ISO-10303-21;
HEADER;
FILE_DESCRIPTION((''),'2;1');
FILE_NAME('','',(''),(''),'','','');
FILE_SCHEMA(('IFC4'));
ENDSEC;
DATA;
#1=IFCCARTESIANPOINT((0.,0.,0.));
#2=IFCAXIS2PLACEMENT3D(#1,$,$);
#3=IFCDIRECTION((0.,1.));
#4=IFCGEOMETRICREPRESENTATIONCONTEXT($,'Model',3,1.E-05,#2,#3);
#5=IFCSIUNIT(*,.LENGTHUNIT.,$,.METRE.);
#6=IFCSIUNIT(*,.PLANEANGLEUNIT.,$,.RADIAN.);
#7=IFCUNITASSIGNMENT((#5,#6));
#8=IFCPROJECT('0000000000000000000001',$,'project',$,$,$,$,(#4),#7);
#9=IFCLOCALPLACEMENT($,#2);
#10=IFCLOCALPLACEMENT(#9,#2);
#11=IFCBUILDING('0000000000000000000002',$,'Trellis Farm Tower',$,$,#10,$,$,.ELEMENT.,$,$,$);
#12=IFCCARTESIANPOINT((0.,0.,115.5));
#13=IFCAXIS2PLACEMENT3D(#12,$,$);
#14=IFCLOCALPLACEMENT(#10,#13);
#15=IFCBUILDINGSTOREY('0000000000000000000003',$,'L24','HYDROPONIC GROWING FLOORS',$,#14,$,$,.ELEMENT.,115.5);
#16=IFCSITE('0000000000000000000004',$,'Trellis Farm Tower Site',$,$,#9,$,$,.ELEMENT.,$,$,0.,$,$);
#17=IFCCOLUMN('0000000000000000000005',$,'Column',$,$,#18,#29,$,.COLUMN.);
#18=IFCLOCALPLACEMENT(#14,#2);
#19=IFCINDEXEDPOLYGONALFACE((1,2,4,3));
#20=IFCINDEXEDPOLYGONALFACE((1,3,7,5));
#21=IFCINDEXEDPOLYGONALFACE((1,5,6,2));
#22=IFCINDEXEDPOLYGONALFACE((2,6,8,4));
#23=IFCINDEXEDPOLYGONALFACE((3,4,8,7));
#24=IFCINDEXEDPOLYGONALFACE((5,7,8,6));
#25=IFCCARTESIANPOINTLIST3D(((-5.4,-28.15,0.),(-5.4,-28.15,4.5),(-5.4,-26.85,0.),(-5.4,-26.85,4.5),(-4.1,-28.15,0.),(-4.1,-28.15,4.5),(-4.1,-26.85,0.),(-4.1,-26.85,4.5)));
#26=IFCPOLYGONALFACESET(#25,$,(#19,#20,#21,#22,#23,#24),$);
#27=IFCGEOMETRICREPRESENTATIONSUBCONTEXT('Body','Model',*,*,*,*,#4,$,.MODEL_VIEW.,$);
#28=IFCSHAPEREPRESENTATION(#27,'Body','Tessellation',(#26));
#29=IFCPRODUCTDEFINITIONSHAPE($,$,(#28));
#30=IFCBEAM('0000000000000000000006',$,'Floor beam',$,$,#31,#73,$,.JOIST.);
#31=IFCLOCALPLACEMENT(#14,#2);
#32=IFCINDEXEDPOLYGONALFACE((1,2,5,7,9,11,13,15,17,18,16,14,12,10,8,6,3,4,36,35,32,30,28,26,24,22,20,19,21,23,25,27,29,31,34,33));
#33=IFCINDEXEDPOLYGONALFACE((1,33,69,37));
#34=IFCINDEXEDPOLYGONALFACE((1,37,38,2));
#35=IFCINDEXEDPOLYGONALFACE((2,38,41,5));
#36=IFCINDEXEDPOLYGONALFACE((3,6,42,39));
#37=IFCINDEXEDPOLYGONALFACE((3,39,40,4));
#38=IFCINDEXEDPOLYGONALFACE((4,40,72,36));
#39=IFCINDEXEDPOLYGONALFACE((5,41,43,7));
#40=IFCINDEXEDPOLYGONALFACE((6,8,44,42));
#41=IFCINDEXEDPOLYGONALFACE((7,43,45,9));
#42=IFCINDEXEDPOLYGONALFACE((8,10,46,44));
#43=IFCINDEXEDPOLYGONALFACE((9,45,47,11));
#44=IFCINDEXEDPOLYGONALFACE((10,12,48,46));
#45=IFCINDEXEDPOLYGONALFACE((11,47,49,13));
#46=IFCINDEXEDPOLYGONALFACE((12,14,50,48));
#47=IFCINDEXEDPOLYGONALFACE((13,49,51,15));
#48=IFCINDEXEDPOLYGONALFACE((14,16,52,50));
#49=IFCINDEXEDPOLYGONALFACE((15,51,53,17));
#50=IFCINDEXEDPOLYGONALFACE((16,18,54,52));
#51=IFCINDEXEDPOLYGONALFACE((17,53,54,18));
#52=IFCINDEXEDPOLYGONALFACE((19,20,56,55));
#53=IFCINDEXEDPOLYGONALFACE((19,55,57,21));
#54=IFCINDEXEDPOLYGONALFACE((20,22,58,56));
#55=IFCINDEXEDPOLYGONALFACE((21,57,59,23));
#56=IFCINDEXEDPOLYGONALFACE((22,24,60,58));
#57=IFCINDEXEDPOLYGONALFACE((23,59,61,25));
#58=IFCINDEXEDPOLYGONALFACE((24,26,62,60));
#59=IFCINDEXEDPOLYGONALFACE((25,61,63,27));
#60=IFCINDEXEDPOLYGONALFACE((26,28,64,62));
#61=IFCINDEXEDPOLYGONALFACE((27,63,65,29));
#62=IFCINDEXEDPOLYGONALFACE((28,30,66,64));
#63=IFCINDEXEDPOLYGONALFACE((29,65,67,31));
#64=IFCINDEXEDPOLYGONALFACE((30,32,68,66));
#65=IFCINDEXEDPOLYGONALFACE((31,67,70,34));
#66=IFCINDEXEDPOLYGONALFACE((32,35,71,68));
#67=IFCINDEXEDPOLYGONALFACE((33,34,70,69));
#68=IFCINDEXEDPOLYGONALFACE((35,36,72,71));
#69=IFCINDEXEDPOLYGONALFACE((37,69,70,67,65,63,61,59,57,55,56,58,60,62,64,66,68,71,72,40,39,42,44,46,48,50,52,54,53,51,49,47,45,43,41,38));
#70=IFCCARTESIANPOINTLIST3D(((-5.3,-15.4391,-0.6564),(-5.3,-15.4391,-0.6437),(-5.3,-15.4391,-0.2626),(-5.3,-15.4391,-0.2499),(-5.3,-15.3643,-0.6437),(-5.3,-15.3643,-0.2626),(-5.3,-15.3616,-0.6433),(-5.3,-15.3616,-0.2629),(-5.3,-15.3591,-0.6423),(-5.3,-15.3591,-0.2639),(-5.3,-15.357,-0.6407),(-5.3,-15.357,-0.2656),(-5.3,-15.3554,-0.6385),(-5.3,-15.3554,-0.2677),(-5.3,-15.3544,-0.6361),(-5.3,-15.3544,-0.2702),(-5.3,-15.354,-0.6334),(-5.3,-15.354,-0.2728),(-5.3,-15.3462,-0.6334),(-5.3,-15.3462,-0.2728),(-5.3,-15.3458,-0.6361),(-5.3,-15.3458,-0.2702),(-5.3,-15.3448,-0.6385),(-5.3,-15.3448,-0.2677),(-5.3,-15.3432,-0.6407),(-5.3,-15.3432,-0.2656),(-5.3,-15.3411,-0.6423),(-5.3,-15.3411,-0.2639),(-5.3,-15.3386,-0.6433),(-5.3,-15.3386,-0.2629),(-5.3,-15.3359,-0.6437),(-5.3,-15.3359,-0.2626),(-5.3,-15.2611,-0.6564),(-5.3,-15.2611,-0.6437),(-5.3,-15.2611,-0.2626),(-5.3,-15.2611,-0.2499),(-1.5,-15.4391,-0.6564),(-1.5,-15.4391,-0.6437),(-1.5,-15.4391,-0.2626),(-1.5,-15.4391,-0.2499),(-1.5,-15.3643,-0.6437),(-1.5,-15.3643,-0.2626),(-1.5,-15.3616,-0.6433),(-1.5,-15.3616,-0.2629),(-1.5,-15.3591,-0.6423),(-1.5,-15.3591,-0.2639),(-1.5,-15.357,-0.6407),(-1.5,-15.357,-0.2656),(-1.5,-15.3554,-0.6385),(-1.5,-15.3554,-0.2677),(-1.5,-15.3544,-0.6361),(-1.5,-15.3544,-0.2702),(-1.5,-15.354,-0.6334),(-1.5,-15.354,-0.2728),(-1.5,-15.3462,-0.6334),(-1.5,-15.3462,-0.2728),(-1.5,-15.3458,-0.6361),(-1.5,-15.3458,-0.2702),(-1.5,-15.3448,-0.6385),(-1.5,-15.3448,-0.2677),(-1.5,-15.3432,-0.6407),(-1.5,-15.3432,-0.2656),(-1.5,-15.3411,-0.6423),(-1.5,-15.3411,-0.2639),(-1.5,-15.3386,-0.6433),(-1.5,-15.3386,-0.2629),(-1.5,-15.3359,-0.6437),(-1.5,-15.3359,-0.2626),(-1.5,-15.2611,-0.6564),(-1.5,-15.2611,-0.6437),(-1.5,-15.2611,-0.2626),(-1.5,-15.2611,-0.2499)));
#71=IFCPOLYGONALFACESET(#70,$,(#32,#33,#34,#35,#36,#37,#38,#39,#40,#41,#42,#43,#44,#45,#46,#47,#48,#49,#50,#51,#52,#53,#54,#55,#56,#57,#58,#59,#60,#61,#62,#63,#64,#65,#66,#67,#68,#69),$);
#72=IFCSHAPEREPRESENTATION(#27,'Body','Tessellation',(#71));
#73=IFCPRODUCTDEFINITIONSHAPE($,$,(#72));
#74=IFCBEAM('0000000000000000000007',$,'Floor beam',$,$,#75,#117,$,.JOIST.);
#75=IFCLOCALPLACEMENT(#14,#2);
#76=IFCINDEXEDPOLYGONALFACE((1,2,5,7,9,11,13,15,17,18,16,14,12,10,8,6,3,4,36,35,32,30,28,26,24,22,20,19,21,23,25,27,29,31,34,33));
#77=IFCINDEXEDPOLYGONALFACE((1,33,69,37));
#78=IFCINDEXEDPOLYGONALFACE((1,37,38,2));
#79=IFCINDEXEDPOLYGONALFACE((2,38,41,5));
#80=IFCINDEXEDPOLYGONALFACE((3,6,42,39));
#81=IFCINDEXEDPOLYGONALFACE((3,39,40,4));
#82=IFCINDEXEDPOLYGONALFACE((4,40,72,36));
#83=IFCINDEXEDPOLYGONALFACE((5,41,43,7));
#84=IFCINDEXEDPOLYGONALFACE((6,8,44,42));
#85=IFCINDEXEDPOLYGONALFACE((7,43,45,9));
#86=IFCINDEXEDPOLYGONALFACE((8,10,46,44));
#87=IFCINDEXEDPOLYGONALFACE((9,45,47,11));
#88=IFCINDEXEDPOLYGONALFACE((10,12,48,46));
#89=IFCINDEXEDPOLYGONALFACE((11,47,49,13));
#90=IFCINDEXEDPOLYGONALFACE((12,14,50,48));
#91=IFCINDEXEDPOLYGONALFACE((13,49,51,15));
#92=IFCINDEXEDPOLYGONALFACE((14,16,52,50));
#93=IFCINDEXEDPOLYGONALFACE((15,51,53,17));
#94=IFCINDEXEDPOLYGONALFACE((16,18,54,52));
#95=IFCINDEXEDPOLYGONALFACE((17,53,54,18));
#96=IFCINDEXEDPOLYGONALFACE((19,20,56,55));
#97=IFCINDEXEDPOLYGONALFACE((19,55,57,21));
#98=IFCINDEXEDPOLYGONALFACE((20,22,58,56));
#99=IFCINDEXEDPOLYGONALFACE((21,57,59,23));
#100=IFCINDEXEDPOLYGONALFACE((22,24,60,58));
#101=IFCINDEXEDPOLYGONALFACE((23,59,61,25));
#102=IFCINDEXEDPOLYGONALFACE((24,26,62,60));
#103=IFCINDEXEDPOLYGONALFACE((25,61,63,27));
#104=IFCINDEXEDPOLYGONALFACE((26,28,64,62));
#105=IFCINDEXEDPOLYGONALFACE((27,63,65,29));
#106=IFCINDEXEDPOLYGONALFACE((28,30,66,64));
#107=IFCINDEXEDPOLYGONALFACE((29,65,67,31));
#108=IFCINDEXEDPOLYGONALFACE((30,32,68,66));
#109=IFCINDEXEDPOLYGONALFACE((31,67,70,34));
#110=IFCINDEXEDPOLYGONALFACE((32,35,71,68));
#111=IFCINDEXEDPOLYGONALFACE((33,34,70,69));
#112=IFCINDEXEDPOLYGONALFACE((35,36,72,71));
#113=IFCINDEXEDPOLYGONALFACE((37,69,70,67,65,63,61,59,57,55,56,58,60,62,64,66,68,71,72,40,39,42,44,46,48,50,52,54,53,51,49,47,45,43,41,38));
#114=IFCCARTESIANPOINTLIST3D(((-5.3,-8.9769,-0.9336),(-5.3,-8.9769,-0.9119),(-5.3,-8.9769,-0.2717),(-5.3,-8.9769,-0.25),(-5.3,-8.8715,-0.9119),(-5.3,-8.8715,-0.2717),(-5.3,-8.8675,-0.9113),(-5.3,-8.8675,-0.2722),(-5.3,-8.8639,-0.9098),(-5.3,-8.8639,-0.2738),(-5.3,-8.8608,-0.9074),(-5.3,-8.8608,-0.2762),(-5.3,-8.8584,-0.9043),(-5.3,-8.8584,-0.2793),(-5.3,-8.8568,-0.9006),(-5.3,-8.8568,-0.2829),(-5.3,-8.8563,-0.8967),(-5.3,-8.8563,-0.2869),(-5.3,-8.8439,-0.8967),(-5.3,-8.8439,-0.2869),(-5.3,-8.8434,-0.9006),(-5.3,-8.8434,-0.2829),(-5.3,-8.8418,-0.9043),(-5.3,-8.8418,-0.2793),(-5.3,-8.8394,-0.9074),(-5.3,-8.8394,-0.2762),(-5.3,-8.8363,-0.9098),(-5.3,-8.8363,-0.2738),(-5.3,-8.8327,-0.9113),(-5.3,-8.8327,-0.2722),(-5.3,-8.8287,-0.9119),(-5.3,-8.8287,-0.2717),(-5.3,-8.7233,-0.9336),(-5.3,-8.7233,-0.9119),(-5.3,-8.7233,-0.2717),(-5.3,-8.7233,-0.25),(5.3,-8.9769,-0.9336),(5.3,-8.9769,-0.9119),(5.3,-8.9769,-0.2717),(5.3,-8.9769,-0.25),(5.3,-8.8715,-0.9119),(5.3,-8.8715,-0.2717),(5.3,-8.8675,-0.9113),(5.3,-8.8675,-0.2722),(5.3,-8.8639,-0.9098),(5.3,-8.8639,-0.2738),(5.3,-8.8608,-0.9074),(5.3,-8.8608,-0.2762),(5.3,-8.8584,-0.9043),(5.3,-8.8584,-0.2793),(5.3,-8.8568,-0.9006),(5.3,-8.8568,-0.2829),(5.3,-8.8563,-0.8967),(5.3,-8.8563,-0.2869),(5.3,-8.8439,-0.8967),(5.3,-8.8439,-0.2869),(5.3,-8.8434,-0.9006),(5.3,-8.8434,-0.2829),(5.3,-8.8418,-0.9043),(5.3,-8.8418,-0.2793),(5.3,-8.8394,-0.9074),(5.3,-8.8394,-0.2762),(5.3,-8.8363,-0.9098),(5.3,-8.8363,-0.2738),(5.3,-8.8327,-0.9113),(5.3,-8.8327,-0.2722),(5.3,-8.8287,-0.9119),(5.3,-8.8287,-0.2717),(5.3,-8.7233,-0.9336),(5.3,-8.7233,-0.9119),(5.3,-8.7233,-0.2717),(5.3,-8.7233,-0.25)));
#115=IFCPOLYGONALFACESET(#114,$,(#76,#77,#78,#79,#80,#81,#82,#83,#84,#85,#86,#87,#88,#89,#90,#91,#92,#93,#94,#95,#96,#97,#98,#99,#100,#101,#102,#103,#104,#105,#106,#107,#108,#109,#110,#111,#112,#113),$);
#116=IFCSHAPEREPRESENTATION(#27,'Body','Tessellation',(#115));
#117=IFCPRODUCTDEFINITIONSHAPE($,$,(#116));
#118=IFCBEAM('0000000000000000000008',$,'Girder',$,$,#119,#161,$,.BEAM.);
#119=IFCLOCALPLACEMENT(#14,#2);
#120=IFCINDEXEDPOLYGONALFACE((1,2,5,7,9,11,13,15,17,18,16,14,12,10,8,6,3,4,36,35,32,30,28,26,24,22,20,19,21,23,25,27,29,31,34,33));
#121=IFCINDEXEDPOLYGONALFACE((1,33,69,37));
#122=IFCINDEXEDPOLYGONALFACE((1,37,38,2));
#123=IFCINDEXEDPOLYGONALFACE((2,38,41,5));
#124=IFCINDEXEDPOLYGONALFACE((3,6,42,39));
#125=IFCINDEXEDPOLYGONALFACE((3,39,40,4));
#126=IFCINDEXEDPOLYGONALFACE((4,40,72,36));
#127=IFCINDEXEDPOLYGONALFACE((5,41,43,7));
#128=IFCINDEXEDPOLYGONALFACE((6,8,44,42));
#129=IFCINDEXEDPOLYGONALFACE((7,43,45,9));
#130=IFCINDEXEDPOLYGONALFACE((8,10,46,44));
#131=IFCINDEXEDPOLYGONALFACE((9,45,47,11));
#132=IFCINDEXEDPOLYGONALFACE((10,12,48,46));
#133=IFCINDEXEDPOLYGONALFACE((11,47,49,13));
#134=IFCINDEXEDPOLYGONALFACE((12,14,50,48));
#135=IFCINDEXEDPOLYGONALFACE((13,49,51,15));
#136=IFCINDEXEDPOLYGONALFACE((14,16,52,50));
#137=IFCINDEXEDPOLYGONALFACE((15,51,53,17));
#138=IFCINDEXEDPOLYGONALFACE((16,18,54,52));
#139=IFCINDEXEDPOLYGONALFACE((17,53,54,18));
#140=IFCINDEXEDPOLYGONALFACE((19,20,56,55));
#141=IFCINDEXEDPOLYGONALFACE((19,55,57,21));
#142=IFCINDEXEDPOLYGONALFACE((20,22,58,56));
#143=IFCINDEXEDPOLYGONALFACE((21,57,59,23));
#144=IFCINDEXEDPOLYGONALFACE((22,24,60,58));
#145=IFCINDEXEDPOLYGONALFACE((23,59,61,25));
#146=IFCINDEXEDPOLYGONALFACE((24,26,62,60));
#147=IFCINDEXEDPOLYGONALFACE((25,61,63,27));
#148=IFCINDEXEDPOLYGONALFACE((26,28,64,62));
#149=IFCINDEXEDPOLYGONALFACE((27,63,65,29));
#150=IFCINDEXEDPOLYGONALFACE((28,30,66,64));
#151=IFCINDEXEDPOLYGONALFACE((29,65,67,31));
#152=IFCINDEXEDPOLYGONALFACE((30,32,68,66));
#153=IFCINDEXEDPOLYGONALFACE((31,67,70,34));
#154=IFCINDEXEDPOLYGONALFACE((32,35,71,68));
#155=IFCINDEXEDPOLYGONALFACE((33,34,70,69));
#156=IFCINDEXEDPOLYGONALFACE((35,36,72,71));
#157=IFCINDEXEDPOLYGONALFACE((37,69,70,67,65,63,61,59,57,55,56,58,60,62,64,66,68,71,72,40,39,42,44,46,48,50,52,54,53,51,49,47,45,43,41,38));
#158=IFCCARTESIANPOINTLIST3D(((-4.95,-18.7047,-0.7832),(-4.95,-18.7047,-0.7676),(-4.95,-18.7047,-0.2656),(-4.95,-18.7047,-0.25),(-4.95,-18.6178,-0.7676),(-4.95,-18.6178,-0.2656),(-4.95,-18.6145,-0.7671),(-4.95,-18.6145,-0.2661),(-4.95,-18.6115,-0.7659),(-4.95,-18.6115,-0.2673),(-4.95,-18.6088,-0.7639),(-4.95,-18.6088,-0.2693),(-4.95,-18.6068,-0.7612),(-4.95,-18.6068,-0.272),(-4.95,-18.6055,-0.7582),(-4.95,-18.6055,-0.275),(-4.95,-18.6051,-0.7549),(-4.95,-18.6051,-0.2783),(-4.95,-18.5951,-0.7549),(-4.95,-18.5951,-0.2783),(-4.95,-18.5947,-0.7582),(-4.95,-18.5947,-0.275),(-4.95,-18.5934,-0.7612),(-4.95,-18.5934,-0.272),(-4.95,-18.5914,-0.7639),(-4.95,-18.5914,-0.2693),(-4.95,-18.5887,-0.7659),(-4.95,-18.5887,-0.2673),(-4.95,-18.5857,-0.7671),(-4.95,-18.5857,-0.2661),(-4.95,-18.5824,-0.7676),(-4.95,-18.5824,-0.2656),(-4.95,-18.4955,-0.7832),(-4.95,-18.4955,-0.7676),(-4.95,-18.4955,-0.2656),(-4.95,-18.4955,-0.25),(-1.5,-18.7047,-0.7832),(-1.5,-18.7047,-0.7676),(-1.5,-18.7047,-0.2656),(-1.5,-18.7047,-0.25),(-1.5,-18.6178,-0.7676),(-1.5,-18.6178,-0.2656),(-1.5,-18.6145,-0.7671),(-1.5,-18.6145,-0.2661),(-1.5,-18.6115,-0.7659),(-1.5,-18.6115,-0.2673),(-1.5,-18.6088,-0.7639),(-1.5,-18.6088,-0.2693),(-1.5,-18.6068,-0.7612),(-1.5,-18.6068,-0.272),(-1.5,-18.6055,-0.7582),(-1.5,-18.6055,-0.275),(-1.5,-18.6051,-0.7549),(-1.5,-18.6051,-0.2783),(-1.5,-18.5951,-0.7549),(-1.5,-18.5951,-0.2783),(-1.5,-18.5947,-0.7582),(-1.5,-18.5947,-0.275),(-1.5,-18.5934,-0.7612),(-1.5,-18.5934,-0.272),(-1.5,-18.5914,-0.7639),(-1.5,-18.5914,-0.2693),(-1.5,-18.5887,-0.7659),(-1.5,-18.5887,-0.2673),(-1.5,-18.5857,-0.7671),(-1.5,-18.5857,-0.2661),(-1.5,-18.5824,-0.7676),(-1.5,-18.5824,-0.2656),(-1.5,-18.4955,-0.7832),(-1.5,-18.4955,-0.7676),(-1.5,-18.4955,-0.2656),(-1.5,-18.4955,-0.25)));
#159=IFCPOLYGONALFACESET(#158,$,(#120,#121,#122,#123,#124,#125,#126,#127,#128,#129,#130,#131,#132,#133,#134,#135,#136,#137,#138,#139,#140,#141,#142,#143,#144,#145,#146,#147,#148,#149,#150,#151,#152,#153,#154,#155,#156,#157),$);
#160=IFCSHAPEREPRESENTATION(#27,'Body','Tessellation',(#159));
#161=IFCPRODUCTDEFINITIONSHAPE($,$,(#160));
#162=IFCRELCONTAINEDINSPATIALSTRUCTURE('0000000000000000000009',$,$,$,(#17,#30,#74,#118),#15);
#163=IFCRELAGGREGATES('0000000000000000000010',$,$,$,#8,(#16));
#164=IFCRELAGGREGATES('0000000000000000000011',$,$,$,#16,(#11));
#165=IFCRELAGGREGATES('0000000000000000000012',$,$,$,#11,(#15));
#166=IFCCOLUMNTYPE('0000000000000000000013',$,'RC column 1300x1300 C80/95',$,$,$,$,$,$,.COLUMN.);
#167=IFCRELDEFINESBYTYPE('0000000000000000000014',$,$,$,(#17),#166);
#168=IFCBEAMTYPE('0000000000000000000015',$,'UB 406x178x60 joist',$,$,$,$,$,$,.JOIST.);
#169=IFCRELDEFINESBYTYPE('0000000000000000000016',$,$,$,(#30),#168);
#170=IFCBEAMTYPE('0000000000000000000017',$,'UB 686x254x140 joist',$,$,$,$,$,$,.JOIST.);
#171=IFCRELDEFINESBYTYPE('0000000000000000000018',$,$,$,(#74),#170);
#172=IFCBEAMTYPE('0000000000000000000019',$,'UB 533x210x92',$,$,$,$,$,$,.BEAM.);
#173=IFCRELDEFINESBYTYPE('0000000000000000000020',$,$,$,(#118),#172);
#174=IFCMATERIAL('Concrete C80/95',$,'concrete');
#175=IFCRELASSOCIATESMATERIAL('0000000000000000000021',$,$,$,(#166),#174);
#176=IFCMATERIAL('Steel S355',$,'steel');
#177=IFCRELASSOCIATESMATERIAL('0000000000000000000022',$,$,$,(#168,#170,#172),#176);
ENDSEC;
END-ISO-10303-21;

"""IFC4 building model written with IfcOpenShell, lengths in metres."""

from ifc_helpers import new_model, si_unit, direction, frame, origin, origin_2d, place, context, subcontext, project, spatial, rectangle, i_section, extrude, source, transform, mapped, material, material_profile, profile_set, type_object, element, save


model = new_model("IFC4")

# Units and contexts
model_context = context("Model", 3, precision=1e-05, world=origin(), true_north=direction((0.0, 1.0)))
body_context = subcontext(model_context, "Body", "Model", "MODEL_VIEW")
ifc_project = project(units=[si_unit("LENGTHUNIT", "METRE"), si_unit("PLANEANGLEUNIT", "RADIAN")], contexts=[model_context])

# Site, building, storey
site_placement = place(None, origin())
site = spatial("IfcSite", under=ifc_project, at=site_placement, Name="Trellis Farm Tower Site", CompositionType="ELEMENT", RefElevation=0.0)
building_placement = place(site_placement, origin())
building = spatial("IfcBuilding", under=site, at=building_placement, Name="Trellis Farm Tower", CompositionType="ELEMENT")
storey_placement = place(building_placement, frame((0.0, 0.0, 115.5)))
storey = spatial("IfcBuildingStorey", under=building, at=storey_placement, Name="L24", Description="HYDROPONIC GROWING FLOORS", CompositionType="ELEMENT", Elevation=115.5)

# Column
ifc_material_1 = material(Name="Concrete C80/95", Category="concrete")
ifc_material_profile_1 = material_profile(ifc_material_1, rectangle(XDim=1.3, YDim=1.3, at=origin_2d()), Name="RC column 1300x1300 C80/95")
ifc_profile_set_1 = profile_set([ifc_material_profile_1], Name="Concrete C80/95")
column_type = type_object("IfcColumnType", Name="RC column 1300x1300 C80/95", PredefinedType="COLUMN", material=ifc_profile_set_1)
shared_shape_1 = source(origin(), body_context, "Body", "SweptSolid", [
    extrude(rectangle(XDim=1.3, YDim=1.3, at=origin_2d()), origin(), (0.0, 0.0, 1.0), 4.5),
])
column_placement = place(storey_placement, frame((-4.75, -27.5, 0.0), z_axis=(0.0, 0.0, 1.0), x_axis=(1.0, 0.0, 0.0)))
element("IfcColumn", 1, at=column_placement, inside=storey, type_object=column_type, Name="Column", PredefinedType="COLUMN", context=body_context, shape_type="MappedRepresentation", body=[
    mapped(shared_shape_1, transform((0.0, 0.0, 0.0))),
])

# Beams
ifc_material_2 = material(Name="Steel S355", Category="steel")
ifc_material_profile_2 = material_profile(ifc_material_2, i_section(OverallWidth=0.178, OverallDepth=0.4065, WebThickness=0.0078, FlangeThickness=0.0127, FilletRadius=0.0103, at=origin_2d()), Name="UB 406x178x60")
ifc_profile_set_2 = profile_set([ifc_material_profile_2], Name="Steel S355")
beam_type_1 = type_object("IfcBeamType", Name="UB 406x178x60 joist", PredefinedType="JOIST", material=ifc_profile_set_2)
shared_shape_2 = source(origin(), body_context, "Body", "SweptSolid", [
    extrude(i_section(OverallWidth=0.178, OverallDepth=0.4065, WebThickness=0.0078, FlangeThickness=0.0127, FilletRadius=0.0103, at=origin_2d()), origin(), (0.0, 0.0, 1.0), 3.8),
])
beam_1_placement = place(storey_placement, frame((-5.3, -15.3501, -0.4531), z_axis=(1.0, 0.0, 0.0), x_axis=(0.0, 1.0, 0.0)))
element("IfcBeam", 2, at=beam_1_placement, inside=storey, type_object=beam_type_1, Name="Floor beam", PredefinedType="JOIST", context=body_context, shape_type="MappedRepresentation", body=[
    mapped(shared_shape_2, transform((0.0, 0.0, 0.0))),
])
ifc_material_profile_3 = material_profile(ifc_material_2, i_section(OverallWidth=0.2537, OverallDepth=0.6836, WebThickness=0.0125, FlangeThickness=0.0217, FilletRadius=0.0151, at=origin_2d()), Name="UB 686x254x140")
ifc_profile_set_3 = profile_set([ifc_material_profile_3], Name="Steel S355")
beam_type_2 = type_object("IfcBeamType", Name="UB 686x254x140 joist", PredefinedType="JOIST", material=ifc_profile_set_3)
shared_shape_3 = source(origin(), body_context, "Body", "SweptSolid", [
    extrude(i_section(OverallWidth=0.2537, OverallDepth=0.6836, WebThickness=0.0125, FlangeThickness=0.0217, FilletRadius=0.0151, at=origin_2d()), origin(), (0.0, 0.0, 1.0), 10.6001),
])
beam_2_placement = place(storey_placement, frame((-5.3, -8.8501, -0.5918), z_axis=(1.0, 0.0, 0.0), x_axis=(0.0, 1.0, 0.0)))
element("IfcBeam", 3, at=beam_2_placement, inside=storey, type_object=beam_type_2, Name="Floor beam", PredefinedType="JOIST", context=body_context, shape_type="MappedRepresentation", body=[
    mapped(shared_shape_3, transform((0.0, 0.0, 0.0))),
])
ifc_material_profile_4 = material_profile(ifc_material_2, i_section(OverallWidth=0.2092, OverallDepth=0.5332, WebThickness=0.01, FlangeThickness=0.0156, FilletRadius=0.0127, at=origin_2d()), Name="UB 533x210x92")
ifc_profile_set_4 = profile_set([ifc_material_profile_4], Name="Steel S355")
beam_type_3 = type_object("IfcBeamType", Name="UB 533x210x92", PredefinedType="BEAM", material=ifc_profile_set_4)
shared_shape_4 = source(origin(), body_context, "Body", "SweptSolid", [
    extrude(i_section(OverallWidth=0.2092, OverallDepth=0.5332, WebThickness=0.01, FlangeThickness=0.0156, FilletRadius=0.0127, at=origin_2d()), origin(), (0.0, 0.0, 1.0), 3.45),
])
beam_3_placement = place(storey_placement, frame((-4.95, -18.6001, -0.5166), z_axis=(1.0, 0.0, 0.0), x_axis=(0.0, 1.0, 0.0)))
element("IfcBeam", 4, at=beam_3_placement, inside=storey, type_object=beam_type_3, Name="Girder", PredefinedType="BEAM", context=body_context, shape_type="MappedRepresentation", body=[
    mapped(shared_shape_4, transform((0.0, 0.0, 0.0))),
])

save(model, "model.ifc")
